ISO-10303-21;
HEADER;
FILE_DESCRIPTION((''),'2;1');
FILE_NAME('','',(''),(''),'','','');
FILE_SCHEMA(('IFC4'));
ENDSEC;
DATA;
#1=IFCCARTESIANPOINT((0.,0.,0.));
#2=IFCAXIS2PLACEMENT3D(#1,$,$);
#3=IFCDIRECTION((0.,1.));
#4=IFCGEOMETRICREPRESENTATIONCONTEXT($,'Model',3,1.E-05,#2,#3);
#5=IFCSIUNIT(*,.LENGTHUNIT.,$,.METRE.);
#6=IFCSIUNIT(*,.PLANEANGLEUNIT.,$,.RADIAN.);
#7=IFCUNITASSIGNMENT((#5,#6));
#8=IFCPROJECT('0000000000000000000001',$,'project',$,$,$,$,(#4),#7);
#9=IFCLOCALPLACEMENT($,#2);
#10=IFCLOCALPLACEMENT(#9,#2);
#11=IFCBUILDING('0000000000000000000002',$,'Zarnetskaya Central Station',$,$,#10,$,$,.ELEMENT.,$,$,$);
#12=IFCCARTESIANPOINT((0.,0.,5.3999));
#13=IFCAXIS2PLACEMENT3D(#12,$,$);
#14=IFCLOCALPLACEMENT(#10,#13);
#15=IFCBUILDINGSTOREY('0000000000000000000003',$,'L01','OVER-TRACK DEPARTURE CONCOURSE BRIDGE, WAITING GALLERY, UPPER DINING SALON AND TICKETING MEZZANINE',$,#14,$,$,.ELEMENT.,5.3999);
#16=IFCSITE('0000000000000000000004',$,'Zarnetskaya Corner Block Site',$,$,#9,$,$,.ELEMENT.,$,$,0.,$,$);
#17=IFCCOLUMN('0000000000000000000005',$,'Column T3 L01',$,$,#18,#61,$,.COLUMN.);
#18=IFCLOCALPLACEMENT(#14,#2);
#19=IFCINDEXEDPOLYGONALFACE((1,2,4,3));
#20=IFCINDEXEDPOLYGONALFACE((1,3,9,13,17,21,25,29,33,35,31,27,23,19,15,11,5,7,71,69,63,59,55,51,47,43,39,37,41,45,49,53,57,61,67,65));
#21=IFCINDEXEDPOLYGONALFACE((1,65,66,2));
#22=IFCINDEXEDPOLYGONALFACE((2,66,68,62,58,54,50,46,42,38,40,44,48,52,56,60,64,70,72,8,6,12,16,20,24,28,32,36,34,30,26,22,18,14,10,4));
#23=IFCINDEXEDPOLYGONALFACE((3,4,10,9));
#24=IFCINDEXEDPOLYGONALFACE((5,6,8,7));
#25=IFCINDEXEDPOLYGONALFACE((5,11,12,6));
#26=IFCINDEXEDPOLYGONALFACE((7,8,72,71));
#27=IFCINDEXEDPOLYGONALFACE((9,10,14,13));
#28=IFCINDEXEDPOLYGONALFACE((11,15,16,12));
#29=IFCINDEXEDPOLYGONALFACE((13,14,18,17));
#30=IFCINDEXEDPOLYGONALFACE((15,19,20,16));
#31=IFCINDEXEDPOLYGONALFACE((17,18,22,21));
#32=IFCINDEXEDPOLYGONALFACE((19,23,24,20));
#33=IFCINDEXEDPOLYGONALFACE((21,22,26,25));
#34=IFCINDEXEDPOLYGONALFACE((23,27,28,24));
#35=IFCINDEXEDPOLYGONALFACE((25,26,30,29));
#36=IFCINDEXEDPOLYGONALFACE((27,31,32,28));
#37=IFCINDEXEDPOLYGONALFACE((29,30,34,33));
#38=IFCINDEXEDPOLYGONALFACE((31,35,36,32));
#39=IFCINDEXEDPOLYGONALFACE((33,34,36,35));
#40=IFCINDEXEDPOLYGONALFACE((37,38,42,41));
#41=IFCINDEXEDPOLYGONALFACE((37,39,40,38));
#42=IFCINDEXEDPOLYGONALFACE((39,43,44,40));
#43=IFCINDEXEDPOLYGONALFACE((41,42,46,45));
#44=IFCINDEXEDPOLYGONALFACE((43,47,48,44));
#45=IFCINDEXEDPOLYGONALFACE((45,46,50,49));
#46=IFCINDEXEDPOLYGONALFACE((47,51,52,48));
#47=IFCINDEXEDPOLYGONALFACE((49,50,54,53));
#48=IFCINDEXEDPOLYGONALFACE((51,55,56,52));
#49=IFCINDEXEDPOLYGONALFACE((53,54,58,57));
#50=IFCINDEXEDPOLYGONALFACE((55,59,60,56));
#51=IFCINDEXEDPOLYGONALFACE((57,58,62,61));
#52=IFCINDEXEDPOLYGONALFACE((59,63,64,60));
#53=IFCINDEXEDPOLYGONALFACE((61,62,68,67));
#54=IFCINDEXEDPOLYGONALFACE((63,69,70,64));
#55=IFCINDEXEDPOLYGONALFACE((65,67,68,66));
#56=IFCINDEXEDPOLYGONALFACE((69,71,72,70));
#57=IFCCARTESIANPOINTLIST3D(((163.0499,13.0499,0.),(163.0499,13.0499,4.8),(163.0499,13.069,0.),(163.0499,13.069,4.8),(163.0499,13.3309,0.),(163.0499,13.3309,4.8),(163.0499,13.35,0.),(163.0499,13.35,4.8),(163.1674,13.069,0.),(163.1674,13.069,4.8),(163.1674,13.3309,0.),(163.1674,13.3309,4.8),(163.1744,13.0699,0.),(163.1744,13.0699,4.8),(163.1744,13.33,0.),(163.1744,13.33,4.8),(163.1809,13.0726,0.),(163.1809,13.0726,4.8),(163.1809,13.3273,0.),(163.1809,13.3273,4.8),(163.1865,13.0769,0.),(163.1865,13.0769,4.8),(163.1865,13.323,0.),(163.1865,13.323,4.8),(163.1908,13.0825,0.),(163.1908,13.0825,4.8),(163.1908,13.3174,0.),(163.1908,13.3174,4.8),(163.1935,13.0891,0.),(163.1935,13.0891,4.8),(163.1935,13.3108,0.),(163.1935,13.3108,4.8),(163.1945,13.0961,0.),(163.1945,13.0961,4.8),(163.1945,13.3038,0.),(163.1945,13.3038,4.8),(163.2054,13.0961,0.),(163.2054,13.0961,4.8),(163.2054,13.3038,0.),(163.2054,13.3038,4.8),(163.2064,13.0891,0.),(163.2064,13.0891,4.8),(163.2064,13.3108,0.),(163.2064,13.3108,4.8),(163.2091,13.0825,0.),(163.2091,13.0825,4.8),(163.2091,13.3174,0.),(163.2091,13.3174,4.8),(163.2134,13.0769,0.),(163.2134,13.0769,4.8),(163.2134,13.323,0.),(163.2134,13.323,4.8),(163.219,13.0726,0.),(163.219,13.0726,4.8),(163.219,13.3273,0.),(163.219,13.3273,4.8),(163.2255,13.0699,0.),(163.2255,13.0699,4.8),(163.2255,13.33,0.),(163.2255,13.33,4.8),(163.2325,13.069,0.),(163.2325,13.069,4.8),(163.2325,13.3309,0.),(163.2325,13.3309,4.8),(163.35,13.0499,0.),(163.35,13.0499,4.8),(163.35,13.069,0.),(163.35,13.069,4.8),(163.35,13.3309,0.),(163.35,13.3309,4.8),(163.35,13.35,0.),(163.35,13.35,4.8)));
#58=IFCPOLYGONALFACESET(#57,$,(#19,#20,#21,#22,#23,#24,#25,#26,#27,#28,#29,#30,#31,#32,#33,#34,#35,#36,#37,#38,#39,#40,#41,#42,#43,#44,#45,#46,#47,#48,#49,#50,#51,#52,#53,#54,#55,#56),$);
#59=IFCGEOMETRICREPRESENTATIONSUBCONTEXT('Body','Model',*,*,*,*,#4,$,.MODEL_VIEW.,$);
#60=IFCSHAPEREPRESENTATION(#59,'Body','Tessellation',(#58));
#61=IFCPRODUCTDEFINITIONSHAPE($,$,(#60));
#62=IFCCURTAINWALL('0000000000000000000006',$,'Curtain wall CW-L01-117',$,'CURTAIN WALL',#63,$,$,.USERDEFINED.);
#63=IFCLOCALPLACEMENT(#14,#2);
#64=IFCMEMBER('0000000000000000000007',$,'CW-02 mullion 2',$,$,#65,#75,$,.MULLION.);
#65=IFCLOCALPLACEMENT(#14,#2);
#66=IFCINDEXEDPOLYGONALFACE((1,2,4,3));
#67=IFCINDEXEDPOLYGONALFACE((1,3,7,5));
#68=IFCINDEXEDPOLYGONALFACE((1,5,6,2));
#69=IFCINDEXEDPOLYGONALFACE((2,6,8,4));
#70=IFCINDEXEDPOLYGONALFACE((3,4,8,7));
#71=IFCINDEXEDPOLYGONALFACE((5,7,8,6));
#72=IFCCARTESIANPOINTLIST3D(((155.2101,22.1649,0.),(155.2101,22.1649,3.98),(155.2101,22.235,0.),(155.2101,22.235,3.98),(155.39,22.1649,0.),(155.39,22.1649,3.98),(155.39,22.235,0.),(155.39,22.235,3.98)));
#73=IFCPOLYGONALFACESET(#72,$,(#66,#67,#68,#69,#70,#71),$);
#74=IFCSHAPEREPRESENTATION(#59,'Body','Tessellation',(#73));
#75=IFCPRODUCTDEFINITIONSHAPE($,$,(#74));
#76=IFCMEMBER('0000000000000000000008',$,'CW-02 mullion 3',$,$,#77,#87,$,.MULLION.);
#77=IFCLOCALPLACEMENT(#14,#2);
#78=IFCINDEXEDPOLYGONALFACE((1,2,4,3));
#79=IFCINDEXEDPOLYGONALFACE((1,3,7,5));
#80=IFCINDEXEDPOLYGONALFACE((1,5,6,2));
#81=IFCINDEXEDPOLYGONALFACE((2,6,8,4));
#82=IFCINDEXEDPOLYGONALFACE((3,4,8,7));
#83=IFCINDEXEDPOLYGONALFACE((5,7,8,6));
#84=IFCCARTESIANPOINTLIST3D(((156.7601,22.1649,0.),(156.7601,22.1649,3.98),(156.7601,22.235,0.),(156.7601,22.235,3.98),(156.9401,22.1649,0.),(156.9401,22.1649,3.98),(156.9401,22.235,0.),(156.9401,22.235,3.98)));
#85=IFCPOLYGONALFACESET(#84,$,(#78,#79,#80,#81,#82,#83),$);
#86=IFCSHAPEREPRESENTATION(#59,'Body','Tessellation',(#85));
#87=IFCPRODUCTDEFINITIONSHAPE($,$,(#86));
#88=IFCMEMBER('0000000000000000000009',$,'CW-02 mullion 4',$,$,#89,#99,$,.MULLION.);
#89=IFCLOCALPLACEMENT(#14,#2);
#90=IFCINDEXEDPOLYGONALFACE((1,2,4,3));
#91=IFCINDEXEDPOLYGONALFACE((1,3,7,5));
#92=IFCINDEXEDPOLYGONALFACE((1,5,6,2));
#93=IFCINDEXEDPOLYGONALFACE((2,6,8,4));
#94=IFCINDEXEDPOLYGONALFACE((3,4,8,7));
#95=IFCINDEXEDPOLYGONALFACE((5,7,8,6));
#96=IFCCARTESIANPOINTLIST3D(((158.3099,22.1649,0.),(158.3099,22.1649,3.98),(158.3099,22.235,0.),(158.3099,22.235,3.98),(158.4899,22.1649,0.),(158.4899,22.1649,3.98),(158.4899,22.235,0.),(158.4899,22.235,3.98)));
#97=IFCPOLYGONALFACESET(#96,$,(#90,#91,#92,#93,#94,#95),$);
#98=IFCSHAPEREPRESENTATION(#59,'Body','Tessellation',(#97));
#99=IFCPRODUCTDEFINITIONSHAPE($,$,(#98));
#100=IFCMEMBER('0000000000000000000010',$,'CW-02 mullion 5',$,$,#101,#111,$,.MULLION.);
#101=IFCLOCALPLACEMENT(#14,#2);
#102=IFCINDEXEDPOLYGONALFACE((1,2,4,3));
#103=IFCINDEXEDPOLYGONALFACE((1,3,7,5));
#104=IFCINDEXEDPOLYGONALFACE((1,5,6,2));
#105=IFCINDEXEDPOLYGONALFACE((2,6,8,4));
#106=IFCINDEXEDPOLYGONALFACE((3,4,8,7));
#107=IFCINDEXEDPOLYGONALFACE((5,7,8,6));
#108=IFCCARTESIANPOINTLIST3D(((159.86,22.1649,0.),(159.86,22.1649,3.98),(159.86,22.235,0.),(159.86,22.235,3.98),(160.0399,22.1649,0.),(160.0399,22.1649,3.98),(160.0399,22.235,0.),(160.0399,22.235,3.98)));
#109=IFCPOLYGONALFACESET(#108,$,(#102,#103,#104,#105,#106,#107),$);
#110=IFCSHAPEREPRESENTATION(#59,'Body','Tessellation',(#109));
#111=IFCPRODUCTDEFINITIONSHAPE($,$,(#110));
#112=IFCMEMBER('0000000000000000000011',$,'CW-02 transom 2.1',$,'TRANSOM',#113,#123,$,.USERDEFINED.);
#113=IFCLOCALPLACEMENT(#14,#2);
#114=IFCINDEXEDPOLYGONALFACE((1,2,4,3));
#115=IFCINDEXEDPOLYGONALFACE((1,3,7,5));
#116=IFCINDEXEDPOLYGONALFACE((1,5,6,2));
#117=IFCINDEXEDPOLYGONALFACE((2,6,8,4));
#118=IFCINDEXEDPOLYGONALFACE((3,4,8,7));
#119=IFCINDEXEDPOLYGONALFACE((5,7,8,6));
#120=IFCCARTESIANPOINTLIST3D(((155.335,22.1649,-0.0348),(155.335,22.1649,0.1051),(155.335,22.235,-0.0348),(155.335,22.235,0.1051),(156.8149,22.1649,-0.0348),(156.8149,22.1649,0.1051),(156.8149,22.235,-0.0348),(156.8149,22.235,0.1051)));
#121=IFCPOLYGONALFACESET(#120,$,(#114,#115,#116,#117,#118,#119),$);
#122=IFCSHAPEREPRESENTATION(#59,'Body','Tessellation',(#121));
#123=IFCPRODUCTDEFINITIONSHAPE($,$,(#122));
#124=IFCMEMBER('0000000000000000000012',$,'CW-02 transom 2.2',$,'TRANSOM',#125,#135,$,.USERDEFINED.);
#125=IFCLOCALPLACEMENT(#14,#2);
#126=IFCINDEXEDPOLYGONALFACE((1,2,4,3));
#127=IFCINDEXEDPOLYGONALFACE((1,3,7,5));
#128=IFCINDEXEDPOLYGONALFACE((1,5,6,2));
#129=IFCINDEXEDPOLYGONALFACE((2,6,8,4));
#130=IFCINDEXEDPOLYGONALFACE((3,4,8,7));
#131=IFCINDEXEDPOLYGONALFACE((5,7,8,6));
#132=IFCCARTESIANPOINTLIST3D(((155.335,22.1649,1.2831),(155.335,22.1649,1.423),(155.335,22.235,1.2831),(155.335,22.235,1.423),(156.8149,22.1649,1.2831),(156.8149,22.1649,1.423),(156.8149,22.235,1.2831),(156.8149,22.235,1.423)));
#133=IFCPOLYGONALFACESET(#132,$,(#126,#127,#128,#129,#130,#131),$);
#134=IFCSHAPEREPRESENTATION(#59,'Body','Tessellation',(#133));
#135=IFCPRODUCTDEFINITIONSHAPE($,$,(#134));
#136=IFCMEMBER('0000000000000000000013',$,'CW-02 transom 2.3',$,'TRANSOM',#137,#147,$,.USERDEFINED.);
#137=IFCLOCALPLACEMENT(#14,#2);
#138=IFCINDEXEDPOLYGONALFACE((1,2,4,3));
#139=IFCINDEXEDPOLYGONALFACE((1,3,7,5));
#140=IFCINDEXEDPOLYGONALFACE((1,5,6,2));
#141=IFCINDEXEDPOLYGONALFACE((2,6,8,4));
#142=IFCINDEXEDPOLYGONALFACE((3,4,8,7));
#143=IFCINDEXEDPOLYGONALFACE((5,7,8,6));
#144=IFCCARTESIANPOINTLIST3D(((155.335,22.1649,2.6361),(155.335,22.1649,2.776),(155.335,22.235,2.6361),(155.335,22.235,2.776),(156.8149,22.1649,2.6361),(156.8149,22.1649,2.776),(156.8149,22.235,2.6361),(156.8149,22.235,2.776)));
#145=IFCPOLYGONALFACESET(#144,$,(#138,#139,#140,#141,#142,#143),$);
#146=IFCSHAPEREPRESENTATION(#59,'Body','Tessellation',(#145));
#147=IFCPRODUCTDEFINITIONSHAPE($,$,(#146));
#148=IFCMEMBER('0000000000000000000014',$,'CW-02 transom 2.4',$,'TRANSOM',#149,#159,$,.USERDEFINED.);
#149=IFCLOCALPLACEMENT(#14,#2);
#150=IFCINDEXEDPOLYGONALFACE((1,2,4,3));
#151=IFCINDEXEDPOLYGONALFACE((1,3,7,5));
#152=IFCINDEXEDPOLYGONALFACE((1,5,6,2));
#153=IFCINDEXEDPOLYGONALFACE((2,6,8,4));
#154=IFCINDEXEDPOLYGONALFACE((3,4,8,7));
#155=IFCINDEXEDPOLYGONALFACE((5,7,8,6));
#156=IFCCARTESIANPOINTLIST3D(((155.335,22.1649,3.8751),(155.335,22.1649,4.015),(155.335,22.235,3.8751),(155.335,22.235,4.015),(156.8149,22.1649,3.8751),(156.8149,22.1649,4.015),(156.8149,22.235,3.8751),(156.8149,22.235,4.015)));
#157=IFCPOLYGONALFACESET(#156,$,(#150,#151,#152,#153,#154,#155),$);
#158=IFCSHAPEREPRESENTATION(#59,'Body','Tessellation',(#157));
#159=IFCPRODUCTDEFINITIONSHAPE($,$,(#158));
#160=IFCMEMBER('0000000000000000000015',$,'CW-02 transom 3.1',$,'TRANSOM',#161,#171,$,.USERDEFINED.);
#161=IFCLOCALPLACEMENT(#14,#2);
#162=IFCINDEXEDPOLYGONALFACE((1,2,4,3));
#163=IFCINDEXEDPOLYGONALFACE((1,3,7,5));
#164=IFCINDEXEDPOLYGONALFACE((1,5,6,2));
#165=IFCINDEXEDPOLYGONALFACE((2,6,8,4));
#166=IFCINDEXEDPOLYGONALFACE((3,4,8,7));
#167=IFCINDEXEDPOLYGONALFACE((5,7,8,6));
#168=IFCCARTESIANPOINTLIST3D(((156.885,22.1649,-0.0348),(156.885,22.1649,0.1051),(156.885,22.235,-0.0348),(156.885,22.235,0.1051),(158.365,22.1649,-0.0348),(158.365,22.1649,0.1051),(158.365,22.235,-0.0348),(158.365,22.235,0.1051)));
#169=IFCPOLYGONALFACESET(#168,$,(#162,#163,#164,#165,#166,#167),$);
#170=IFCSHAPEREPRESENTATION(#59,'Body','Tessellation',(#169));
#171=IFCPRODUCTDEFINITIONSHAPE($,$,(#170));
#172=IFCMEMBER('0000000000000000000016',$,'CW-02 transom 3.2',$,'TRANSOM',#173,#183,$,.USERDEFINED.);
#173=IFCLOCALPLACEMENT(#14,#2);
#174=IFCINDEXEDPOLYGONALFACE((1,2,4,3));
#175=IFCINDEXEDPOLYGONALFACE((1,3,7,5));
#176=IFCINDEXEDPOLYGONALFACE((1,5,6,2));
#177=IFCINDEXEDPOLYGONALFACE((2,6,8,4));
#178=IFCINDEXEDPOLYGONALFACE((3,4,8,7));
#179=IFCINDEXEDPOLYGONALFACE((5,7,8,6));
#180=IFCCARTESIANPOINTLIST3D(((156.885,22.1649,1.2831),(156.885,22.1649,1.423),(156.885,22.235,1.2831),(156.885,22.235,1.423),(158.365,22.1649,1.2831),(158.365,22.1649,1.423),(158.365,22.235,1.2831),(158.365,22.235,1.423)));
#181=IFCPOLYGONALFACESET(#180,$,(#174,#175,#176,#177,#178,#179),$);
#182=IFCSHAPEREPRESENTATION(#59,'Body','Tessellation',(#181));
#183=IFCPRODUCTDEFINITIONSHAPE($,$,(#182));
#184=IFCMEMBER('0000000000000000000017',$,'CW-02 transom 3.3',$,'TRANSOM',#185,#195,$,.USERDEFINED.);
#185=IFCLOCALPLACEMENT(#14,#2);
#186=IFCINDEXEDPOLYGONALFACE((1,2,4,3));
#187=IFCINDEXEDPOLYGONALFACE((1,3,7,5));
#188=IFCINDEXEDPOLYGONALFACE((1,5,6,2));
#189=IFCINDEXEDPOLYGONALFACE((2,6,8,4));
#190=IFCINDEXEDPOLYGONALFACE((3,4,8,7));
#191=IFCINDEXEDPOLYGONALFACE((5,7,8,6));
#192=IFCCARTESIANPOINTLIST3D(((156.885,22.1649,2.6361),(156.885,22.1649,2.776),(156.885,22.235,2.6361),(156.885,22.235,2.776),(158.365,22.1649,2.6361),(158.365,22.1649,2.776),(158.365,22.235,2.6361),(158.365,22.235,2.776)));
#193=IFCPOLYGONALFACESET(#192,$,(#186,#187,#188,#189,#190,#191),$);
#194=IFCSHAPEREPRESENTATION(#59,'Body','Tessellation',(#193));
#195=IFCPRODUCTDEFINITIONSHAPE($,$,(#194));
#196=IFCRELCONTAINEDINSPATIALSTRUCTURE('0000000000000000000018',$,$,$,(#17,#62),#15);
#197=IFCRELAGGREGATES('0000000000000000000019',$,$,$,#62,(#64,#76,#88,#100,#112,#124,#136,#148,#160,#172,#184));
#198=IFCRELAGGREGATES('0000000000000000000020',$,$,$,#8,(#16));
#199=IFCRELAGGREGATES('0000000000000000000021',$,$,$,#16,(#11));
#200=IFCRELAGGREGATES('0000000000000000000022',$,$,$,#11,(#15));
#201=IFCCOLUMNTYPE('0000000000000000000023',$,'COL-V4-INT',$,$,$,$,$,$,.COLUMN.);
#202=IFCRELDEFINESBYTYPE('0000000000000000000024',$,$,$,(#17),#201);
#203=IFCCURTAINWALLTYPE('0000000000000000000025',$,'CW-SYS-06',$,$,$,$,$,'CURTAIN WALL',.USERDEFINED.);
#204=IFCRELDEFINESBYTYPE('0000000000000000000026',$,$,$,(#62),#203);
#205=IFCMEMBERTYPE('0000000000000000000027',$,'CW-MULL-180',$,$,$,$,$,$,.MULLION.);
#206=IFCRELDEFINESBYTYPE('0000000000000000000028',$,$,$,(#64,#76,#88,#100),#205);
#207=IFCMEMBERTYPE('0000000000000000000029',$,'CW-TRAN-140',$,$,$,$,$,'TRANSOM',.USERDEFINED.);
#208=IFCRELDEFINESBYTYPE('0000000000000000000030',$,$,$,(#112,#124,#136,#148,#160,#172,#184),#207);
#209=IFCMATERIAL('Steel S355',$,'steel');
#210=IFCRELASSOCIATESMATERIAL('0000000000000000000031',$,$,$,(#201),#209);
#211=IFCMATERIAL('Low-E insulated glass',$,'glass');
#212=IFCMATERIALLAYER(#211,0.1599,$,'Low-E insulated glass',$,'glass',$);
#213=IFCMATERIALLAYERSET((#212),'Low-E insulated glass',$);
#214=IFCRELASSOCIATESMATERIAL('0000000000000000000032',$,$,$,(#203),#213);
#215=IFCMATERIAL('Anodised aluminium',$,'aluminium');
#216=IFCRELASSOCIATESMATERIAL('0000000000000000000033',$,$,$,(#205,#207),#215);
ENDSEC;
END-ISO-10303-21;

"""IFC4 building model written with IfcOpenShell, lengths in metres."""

from ifc_helpers import new_model, si_unit, direction, frame, origin, origin_2d, place, context, subcontext, project, spatial, rectangle, i_section, extrude, material, layer, layer_set, material_profile, profile_set, type_object, element, aggregate, save


model = new_model("IFC4")

# Units and contexts
model_context = context("Model", 3, precision=1e-05, world=origin(), true_north=direction((0.0, 1.0)))
body_context = subcontext(model_context, "Body", "Model", "MODEL_VIEW")
ifc_project = project(units=[si_unit("LENGTHUNIT", "METRE"), si_unit("PLANEANGLEUNIT", "RADIAN")], contexts=[model_context])

# Site, building, storey
site_placement = place(None, origin())
site = spatial("IfcSite", under=ifc_project, at=site_placement, Name="Zarnetskaya Corner Block Site", CompositionType="ELEMENT", RefElevation=0.0)
building_placement = place(site_placement, origin())
building = spatial("IfcBuilding", under=site, at=building_placement, Name="Zarnetskaya Central Station", CompositionType="ELEMENT")
storey_placement = place(building_placement, frame((0.0, 0.0, 5.3999)))
storey = spatial("IfcBuildingStorey", under=building, at=storey_placement, Name="L01", Description="OVER-TRACK DEPARTURE CONCOURSE BRIDGE, WAITING GALLERY, UPPER DINING SALON AND TICKETING MEZZANINE", CompositionType="ELEMENT", Elevation=5.3999)

# Column
ifc_material_1 = material(Name="Steel S355", Category="steel")
ifc_material_profile_1 = material_profile(ifc_material_1, i_section(OverallWidth=0.3, OverallDepth=0.3, WebThickness=0.011, FlangeThickness=0.019, FilletRadius=0.0271, at=origin_2d()), Name="HEB 300")
ifc_profile_set_1 = profile_set([ifc_material_profile_1], Name="Steel S355")
column_type = type_object("IfcColumnType", Name="COL-V4-INT", PredefinedType="COLUMN", material=ifc_profile_set_1)
column_placement = place(storey_placement, frame((163.2, 13.2, 0.0), z_axis=(0.0, 0.0, 1.0), x_axis=(1.0, 0.0, 0.0)))
element("IfcColumn", 1, at=column_placement, inside=storey, type_object=column_type, Name="Column T3 L01", PredefinedType="COLUMN", context=body_context, shape_type="SweptSolid", body=[
    extrude(i_section(OverallWidth=0.3, OverallDepth=0.3, WebThickness=0.011, FlangeThickness=0.019, FilletRadius=0.0271, at=origin_2d()), origin(), (0.0, 0.0, 1.0), 4.8),
])

# Curtain wall, members
ifc_material_2 = material(Name="Low-E insulated glass", Category="glass")
ifc_layer_1 = layer(ifc_material_2, 0.1599, Name="Low-E insulated glass", Category="glass")
ifc_layer_set_1 = layer_set([ifc_layer_1], Name="Low-E insulated glass")
curtain_wall_type = type_object("IfcCurtainWallType", Name="CW-SYS-06", ElementType="CURTAIN WALL", PredefinedType="USERDEFINED", material=ifc_layer_set_1)
curtain_wall_placement = place(storey_placement, origin())
curtain_wall = element("IfcCurtainWall", 2, at=curtain_wall_placement, inside=storey, type_object=curtain_wall_type, Name="Curtain wall CW-L01-117", ObjectType="CURTAIN WALL", PredefinedType="USERDEFINED")
ifc_material_3 = material(Name="Anodised aluminium", Category="aluminium")
ifc_material_profile_2 = material_profile(ifc_material_3, rectangle(XDim=0.0701, YDim=0.1799, at=origin_2d()), Name="ALU MULL 70x180")
ifc_profile_set_2 = profile_set([ifc_material_profile_2], Name="Anodised aluminium")
member_type_1 = type_object("IfcMemberType", Name="CW-MULL-180", PredefinedType="MULLION", material=ifc_profile_set_2)
member_1_placement = place(storey_placement, frame((155.3, 22.2, 0.0), z_axis=(0.0, 0.0, 1.0), x_axis=(0.0, 1.0, 0.0)))
member_1 = element("IfcMember", 3, at=member_1_placement, type_object=member_type_1, Name="CW-02 mullion 2", PredefinedType="MULLION", context=body_context, shape_type="SweptSolid", body=[
    extrude(rectangle(XDim=0.0701, YDim=0.1799, at=origin_2d()), origin(), (0.0, 0.0, 1.0), 3.98),
])
member_2_placement = place(storey_placement, frame((156.8501, 22.2, 0.0), z_axis=(0.0, 0.0, 1.0), x_axis=(0.0, 1.0, 0.0)))
member_2 = element("IfcMember", 4, at=member_2_placement, type_object=member_type_1, Name="CW-02 mullion 3", PredefinedType="MULLION", context=body_context, shape_type="SweptSolid", body=[
    extrude(rectangle(XDim=0.0701, YDim=0.1799, at=origin_2d()), origin(), (0.0, 0.0, 1.0), 3.98),
])
member_3_placement = place(storey_placement, frame((158.3999, 22.2, 0.0), z_axis=(0.0, 0.0, 1.0), x_axis=(0.0, 1.0, 0.0)))
member_3 = element("IfcMember", 5, at=member_3_placement, type_object=member_type_1, Name="CW-02 mullion 4", PredefinedType="MULLION", context=body_context, shape_type="SweptSolid", body=[
    extrude(rectangle(XDim=0.0701, YDim=0.1799, at=origin_2d()), origin(), (0.0, 0.0, 1.0), 3.98),
])
member_4_placement = place(storey_placement, frame((159.95, 22.2, 0.0), z_axis=(0.0, 0.0, 1.0), x_axis=(0.0, 1.0, 0.0)))
member_4 = element("IfcMember", 6, at=member_4_placement, type_object=member_type_1, Name="CW-02 mullion 5", PredefinedType="MULLION", context=body_context, shape_type="SweptSolid", body=[
    extrude(rectangle(XDim=0.0701, YDim=0.1799, at=origin_2d()), origin(), (0.0, 0.0, 1.0), 3.98),
])
ifc_material_profile_3 = material_profile(ifc_material_3, rectangle(XDim=0.0701, YDim=0.1399, at=origin_2d()), Name="ALU TRAN 70x140")
ifc_profile_set_3 = profile_set([ifc_material_profile_3], Name="Anodised aluminium")
member_type_2 = type_object("IfcMemberType", Name="CW-TRAN-140", ElementType="TRANSOM", PredefinedType="USERDEFINED", material=ifc_profile_set_3)
member_5_placement = place(storey_placement, frame((155.335, 22.2, 0.0352), z_axis=(1.0, 0.0, 0.0), x_axis=(0.0, 1.0, 0.0)))
member_5 = element("IfcMember", 7, at=member_5_placement, type_object=member_type_2, Name="CW-02 transom 2.1", ObjectType="TRANSOM", PredefinedType="USERDEFINED", context=body_context, shape_type="SweptSolid", body=[
    extrude(rectangle(XDim=0.0701, YDim=0.1399, at=origin_2d()), origin(), (0.0, 0.0, 1.0), 1.48),
])
member_6_placement = place(storey_placement, frame((155.335, 22.2, 1.353), z_axis=(1.0, 0.0, 0.0), x_axis=(0.0, 1.0, 0.0)))
member_6 = element("IfcMember", 8, at=member_6_placement, type_object=member_type_2, Name="CW-02 transom 2.2", ObjectType="TRANSOM", PredefinedType="USERDEFINED", context=body_context, shape_type="SweptSolid", body=[
    extrude(rectangle(XDim=0.0701, YDim=0.1399, at=origin_2d()), origin(), (0.0, 0.0, 1.0), 1.48),
])
member_7_placement = place(storey_placement, frame((155.335, 22.2, 2.7061), z_axis=(1.0, 0.0, 0.0), x_axis=(0.0, 1.0, 0.0)))
member_7 = element("IfcMember", 9, at=member_7_placement, type_object=member_type_2, Name="CW-02 transom 2.3", ObjectType="TRANSOM", PredefinedType="USERDEFINED", context=body_context, shape_type="SweptSolid", body=[
    extrude(rectangle(XDim=0.0701, YDim=0.1399, at=origin_2d()), origin(), (0.0, 0.0, 1.0), 1.48),
])
member_8_placement = place(storey_placement, frame((155.335, 22.2, 3.9451), z_axis=(1.0, 0.0, 0.0), x_axis=(0.0, 1.0, 0.0)))
member_8 = element("IfcMember", 10, at=member_8_placement, type_object=member_type_2, Name="CW-02 transom 2.4", ObjectType="TRANSOM", PredefinedType="USERDEFINED", context=body_context, shape_type="SweptSolid", body=[
    extrude(rectangle(XDim=0.0701, YDim=0.1399, at=origin_2d()), origin(), (0.0, 0.0, 1.0), 1.48),
])
member_9_placement = place(storey_placement, frame((156.885, 22.2, 0.0352), z_axis=(1.0, 0.0, 0.0), x_axis=(0.0, 1.0, 0.0)))
member_9 = element("IfcMember", 11, at=member_9_placement, type_object=member_type_2, Name="CW-02 transom 3.1", ObjectType="TRANSOM", PredefinedType="USERDEFINED", context=body_context, shape_type="SweptSolid", body=[
    extrude(rectangle(XDim=0.0701, YDim=0.1399, at=origin_2d()), origin(), (0.0, 0.0, 1.0), 1.48),
])
member_10_placement = place(storey_placement, frame((156.885, 22.2, 1.353), z_axis=(1.0, 0.0, 0.0), x_axis=(0.0, 1.0, 0.0)))
member_10 = element("IfcMember", 12, at=member_10_placement, type_object=member_type_2, Name="CW-02 transom 3.2", ObjectType="TRANSOM", PredefinedType="USERDEFINED", context=body_context, shape_type="SweptSolid", body=[
    extrude(rectangle(XDim=0.0701, YDim=0.1399, at=origin_2d()), origin(), (0.0, 0.0, 1.0), 1.48),
])
member_11_placement = place(storey_placement, frame((156.885, 22.2, 2.7061), z_axis=(1.0, 0.0, 0.0), x_axis=(0.0, 1.0, 0.0)))
member_11 = element("IfcMember", 13, at=member_11_placement, type_object=member_type_2, Name="CW-02 transom 3.3", ObjectType="TRANSOM", PredefinedType="USERDEFINED", context=body_context, shape_type="SweptSolid", body=[
    extrude(rectangle(XDim=0.0701, YDim=0.1399, at=origin_2d()), origin(), (0.0, 0.0, 1.0), 1.48),
])

aggregate(curtain_wall, [member_1, member_2, member_3, member_4, member_5, member_6, member_7, member_8, member_9, member_10, member_11])

save(model, "model.ifc")
